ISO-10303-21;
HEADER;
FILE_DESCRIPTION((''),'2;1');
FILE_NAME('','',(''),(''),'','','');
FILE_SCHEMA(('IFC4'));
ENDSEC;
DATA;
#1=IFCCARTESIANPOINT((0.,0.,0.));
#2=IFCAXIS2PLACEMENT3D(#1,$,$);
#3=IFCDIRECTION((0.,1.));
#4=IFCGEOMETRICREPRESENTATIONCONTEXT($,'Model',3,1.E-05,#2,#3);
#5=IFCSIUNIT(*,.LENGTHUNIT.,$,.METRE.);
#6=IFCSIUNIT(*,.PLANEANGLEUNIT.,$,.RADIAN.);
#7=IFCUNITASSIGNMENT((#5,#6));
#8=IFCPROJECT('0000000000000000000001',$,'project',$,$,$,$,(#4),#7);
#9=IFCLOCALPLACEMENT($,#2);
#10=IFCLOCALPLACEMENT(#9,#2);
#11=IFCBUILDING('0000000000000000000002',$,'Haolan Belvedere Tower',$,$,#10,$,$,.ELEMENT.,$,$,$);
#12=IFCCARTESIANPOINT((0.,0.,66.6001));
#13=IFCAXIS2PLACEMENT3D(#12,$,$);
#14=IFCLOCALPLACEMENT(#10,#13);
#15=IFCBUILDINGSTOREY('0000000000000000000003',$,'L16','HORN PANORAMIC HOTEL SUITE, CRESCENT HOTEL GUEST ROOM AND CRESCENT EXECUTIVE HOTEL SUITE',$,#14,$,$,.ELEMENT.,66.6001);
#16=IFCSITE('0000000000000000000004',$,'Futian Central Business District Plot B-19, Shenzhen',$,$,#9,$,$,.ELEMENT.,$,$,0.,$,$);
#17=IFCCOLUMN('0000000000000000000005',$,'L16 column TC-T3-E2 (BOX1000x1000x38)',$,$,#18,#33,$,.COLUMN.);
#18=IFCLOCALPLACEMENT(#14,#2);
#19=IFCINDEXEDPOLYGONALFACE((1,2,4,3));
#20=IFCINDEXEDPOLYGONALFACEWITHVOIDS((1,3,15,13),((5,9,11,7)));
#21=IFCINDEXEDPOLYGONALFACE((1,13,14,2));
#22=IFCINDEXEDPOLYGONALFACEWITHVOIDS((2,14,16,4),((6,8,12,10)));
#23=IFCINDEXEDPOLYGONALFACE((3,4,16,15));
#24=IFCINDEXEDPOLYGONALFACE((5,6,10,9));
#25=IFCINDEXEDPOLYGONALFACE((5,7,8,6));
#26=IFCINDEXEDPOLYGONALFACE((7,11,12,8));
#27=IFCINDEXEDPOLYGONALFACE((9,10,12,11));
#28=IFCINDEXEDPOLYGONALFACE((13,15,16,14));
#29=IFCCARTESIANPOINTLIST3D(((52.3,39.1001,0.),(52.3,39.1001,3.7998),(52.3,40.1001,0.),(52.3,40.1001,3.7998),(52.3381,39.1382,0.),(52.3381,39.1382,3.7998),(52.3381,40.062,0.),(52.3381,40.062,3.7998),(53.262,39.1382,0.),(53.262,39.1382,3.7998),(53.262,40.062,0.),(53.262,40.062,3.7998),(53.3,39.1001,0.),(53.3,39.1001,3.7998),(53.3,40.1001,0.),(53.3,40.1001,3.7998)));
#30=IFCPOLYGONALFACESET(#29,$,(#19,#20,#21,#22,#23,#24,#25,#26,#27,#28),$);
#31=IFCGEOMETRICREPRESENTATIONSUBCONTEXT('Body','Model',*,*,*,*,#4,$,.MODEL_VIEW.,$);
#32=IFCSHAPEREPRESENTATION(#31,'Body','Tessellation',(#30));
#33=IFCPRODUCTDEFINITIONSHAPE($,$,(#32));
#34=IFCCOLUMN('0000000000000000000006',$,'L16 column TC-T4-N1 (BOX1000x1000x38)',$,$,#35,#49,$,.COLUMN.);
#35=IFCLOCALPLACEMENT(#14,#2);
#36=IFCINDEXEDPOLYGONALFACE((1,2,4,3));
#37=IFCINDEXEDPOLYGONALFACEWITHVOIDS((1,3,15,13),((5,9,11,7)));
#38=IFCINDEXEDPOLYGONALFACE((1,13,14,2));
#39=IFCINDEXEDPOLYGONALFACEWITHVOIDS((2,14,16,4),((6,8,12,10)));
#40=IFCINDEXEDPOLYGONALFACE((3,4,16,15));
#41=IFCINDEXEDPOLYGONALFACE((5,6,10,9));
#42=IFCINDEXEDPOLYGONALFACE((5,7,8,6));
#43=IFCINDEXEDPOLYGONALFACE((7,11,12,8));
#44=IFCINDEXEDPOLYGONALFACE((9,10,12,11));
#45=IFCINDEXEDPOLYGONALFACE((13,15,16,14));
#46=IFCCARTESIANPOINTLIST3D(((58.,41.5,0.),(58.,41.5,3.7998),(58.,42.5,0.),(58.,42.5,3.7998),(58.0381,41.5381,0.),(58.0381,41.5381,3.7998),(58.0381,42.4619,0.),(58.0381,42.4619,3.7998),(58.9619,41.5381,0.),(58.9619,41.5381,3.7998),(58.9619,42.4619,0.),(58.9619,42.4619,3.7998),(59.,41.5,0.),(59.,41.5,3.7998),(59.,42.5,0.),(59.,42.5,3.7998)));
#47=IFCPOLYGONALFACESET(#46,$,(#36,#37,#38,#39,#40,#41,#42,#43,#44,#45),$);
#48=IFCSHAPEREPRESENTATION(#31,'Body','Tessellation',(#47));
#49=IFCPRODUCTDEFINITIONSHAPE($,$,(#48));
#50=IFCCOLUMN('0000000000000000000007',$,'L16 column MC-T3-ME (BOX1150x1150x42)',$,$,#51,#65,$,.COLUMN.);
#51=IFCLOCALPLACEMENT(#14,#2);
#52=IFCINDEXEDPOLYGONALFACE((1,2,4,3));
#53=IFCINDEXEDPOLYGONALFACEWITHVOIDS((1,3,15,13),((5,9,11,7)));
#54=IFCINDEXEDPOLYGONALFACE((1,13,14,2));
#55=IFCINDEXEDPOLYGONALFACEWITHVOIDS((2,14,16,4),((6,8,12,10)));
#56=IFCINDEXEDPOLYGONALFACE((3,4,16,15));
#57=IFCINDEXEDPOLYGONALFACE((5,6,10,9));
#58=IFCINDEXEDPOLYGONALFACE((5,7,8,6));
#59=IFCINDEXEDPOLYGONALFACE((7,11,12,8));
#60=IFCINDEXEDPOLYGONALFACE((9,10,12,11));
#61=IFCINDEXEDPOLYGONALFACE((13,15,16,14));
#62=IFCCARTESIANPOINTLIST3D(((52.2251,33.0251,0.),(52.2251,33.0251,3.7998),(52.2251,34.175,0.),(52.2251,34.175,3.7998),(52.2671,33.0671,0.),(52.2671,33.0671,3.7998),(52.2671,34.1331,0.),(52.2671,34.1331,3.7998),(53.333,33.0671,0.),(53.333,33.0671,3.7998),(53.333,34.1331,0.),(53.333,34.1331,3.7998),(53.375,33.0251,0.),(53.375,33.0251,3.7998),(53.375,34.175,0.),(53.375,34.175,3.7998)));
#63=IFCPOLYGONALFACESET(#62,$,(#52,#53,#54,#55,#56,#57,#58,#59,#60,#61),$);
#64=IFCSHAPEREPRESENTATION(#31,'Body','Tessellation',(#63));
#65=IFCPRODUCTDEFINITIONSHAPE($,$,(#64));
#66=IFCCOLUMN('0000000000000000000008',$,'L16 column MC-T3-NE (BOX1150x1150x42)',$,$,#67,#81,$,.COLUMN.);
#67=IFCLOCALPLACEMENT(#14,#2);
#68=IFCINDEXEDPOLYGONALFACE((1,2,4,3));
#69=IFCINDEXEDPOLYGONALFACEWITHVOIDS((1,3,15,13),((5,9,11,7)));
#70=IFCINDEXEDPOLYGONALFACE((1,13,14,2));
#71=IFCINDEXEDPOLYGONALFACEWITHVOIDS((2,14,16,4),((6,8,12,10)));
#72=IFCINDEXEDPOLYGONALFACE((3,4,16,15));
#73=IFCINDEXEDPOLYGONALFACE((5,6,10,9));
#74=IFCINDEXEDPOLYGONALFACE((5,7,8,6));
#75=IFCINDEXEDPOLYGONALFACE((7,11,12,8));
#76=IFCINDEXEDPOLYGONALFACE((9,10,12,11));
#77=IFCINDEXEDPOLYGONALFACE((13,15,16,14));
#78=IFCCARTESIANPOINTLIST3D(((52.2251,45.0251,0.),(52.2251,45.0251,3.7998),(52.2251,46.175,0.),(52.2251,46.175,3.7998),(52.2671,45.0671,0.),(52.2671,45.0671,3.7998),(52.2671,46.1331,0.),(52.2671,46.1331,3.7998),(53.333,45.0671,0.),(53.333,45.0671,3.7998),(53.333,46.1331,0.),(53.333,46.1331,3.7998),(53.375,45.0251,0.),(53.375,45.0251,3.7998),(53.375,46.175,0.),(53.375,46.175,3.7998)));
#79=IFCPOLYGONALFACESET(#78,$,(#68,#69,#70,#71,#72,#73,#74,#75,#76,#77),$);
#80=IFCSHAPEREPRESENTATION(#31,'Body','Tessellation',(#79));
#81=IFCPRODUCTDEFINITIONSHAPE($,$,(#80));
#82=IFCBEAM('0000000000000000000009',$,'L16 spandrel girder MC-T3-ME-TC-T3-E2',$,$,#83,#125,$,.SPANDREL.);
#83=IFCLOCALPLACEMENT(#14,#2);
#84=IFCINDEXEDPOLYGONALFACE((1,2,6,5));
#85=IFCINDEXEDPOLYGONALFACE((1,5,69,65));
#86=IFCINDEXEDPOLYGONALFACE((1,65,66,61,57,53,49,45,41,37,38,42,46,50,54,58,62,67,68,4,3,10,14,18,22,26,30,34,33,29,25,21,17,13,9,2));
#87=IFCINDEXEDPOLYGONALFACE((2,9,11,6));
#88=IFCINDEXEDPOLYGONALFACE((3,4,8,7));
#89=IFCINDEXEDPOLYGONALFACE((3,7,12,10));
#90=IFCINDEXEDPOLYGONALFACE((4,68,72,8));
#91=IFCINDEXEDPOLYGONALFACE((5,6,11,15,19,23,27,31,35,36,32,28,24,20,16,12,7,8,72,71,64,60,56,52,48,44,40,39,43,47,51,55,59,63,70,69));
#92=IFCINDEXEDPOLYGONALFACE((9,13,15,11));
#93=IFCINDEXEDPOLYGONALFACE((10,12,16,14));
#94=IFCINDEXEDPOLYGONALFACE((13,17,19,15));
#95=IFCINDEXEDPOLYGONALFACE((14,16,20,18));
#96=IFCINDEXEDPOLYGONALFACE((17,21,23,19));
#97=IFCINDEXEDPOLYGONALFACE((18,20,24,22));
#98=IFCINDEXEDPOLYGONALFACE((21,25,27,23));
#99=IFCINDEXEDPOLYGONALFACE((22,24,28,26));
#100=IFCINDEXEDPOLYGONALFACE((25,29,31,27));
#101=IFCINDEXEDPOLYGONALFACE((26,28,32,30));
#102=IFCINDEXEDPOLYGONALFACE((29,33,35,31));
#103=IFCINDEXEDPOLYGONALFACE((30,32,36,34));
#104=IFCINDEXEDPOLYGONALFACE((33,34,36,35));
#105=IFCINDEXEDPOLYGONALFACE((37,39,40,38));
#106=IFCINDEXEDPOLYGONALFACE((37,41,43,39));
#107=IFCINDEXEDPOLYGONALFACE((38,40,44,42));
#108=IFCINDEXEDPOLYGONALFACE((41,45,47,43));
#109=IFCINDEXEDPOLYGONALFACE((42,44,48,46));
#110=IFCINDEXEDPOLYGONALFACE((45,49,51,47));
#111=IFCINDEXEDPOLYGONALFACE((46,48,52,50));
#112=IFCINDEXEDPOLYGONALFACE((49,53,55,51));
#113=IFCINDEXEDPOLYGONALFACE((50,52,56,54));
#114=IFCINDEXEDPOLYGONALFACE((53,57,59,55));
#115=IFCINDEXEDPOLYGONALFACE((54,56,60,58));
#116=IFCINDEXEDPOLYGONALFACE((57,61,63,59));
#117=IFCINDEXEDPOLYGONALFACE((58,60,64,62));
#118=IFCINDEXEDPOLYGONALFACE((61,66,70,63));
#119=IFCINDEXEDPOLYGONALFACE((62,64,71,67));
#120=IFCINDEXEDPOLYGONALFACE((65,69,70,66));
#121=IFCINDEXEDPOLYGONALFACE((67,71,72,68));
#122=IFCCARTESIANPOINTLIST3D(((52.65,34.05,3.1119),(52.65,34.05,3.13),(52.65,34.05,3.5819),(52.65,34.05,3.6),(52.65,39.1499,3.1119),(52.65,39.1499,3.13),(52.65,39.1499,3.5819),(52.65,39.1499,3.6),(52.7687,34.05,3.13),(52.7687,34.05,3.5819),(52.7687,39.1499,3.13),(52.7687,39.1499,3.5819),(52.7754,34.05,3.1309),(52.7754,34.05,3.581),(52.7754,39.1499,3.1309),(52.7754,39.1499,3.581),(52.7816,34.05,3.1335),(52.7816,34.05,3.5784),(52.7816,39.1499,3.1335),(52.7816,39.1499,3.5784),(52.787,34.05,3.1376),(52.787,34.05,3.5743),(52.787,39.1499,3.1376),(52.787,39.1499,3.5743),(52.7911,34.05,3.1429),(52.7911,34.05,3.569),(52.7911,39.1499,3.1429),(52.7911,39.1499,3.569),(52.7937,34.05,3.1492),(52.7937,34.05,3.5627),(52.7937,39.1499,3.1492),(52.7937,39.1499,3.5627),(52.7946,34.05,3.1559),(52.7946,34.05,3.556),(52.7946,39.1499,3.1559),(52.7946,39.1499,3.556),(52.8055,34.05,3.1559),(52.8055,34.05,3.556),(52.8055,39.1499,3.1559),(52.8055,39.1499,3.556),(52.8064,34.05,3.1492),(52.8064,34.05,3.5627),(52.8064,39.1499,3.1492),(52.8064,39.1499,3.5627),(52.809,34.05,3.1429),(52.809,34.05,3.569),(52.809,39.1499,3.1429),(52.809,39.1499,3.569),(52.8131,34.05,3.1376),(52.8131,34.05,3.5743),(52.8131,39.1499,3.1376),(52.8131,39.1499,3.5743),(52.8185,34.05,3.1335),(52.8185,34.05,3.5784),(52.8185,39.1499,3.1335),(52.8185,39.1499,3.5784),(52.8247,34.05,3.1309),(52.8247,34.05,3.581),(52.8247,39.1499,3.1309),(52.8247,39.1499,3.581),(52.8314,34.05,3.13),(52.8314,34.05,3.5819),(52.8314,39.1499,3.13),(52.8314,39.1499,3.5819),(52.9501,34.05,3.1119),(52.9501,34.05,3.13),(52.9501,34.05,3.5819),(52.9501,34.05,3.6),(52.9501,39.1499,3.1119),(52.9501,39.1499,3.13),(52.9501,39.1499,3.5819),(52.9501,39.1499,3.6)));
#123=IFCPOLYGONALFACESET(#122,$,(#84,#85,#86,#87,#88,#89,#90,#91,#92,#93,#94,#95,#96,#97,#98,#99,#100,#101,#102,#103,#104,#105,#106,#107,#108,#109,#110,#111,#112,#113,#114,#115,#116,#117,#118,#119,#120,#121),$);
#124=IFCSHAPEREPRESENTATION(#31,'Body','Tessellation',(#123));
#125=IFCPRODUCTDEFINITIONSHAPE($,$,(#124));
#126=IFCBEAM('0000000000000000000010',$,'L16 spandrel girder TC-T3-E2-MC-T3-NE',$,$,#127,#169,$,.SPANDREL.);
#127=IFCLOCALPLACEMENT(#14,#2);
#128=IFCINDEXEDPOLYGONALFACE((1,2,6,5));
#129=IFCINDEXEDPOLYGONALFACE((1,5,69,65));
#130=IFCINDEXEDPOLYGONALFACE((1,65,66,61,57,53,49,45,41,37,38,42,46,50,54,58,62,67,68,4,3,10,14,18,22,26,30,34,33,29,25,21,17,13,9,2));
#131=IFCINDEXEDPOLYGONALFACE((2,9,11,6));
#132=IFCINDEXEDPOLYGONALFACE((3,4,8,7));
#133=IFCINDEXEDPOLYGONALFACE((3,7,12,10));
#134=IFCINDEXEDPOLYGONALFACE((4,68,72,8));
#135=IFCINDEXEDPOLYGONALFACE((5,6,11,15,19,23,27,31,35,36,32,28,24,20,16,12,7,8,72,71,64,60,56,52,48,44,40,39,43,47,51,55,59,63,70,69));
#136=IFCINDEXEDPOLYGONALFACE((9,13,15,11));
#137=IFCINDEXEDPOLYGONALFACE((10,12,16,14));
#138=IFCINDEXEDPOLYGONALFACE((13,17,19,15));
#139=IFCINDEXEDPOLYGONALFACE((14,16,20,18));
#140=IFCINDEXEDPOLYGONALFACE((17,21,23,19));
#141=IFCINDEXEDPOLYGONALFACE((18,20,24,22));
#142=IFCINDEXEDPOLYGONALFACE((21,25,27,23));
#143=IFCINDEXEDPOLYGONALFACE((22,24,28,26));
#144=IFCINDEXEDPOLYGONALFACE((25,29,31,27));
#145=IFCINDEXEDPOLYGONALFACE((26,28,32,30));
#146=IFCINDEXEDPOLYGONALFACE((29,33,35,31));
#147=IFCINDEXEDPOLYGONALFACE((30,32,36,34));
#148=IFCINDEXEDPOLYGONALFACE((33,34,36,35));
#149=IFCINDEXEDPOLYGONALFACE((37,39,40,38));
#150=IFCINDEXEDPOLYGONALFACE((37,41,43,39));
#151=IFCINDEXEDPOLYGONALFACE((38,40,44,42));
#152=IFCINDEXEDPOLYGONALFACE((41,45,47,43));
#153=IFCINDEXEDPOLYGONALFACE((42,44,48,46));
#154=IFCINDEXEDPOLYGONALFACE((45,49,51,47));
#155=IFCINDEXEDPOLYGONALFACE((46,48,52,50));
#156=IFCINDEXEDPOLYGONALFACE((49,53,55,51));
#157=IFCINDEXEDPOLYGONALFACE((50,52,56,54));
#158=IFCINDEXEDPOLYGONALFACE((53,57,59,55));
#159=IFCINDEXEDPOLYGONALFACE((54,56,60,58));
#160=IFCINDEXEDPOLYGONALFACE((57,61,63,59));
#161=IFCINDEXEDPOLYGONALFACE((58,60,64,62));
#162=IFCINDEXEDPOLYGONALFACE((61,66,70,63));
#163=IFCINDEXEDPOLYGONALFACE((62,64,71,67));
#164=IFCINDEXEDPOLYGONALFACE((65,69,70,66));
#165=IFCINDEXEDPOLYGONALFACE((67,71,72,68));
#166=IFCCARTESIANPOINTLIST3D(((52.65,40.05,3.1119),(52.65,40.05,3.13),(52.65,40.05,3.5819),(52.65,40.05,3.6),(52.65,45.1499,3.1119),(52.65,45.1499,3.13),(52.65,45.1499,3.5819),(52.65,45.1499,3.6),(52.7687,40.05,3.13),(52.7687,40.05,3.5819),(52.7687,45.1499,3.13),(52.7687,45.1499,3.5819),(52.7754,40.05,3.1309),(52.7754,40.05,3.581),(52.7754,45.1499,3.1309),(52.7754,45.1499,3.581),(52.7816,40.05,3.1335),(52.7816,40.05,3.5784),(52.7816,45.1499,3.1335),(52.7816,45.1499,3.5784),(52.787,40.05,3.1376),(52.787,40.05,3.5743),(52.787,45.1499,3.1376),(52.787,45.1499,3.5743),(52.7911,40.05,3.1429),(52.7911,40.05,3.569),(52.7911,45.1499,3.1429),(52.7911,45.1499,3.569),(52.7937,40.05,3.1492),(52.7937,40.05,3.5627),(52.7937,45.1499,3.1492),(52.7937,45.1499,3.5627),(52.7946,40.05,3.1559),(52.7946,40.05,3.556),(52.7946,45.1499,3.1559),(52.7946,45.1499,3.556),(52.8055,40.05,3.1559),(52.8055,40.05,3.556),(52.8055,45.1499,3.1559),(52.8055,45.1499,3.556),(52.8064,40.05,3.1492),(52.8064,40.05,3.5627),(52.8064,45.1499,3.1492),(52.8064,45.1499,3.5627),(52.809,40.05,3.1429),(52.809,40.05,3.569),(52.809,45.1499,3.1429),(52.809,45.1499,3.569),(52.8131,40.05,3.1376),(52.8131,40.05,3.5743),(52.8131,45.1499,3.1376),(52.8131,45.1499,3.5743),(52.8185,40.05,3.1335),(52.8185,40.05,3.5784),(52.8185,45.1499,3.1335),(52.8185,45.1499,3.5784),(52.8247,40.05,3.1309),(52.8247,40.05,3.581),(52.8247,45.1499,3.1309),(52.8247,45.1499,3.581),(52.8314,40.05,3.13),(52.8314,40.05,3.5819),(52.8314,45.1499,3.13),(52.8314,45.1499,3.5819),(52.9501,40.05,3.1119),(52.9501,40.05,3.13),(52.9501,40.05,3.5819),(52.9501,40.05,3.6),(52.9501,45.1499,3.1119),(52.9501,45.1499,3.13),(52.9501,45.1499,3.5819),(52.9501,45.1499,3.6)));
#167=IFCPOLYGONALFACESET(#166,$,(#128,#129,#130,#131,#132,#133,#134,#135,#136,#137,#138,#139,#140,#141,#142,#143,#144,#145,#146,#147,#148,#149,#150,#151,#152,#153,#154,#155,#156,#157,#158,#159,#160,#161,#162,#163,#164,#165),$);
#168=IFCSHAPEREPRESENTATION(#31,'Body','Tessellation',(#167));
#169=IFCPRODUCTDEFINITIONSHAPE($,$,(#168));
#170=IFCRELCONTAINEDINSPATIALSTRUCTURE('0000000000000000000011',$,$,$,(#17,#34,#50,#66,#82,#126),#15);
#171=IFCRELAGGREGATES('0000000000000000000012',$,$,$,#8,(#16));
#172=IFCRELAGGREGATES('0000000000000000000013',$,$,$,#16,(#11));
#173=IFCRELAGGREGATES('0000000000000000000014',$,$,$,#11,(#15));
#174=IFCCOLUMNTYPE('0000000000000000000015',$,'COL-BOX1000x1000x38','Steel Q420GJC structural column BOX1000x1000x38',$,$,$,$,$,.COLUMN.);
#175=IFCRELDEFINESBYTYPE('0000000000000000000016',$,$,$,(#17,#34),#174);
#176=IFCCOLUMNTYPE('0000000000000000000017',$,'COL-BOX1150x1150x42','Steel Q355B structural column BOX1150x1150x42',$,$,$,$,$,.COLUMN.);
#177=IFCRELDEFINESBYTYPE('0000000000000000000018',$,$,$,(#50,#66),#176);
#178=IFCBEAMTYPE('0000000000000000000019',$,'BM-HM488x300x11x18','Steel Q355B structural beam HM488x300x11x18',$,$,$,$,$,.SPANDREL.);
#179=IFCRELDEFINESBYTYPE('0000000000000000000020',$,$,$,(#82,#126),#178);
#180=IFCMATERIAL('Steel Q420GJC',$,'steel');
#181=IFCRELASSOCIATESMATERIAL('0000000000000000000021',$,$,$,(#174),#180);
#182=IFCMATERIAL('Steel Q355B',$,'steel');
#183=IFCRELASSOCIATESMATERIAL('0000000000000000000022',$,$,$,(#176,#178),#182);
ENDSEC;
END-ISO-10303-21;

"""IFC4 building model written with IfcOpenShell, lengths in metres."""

from ifc_helpers import new_model, si_unit, direction, frame, origin, origin_2d, place, context, subcontext, project, spatial, hollow_rectangle, i_section, extrude, material, material_profile, profile_set, type_object, element, save


model = new_model("IFC4")

# Units and contexts
model_context = context("Model", 3, precision=1e-05, world=origin(), true_north=direction((0.0, 1.0)))
body_context = subcontext(model_context, "Body", "Model", "MODEL_VIEW")
ifc_project = project(units=[si_unit("LENGTHUNIT", "METRE"), si_unit("PLANEANGLEUNIT", "RADIAN")], contexts=[model_context])

# Site, building, storey
site_placement = place(None, origin())
site = spatial("IfcSite", under=ifc_project, at=site_placement, Name="Futian Central Business District Plot B-19, Shenzhen", CompositionType="ELEMENT", RefElevation=0.0)
building_placement = place(site_placement, origin())
building = spatial("IfcBuilding", under=site, at=building_placement, Name="Haolan Belvedere Tower", CompositionType="ELEMENT")
storey_placement = place(building_placement, frame((0.0, 0.0, 66.6001)))
storey = spatial("IfcBuildingStorey", under=building, at=storey_placement, Name="L16", Description="HORN PANORAMIC HOTEL SUITE, CRESCENT HOTEL GUEST ROOM AND CRESCENT EXECUTIVE HOTEL SUITE", CompositionType="ELEMENT", Elevation=66.6001)

# Columns
ifc_material_1 = material(Name="Steel Q420GJC", Category="steel")
ifc_material_profile_1 = material_profile(ifc_material_1, hollow_rectangle(XDim=1.0, YDim=1.0, WallThickness=0.0381, at=origin_2d()), Name="Steel Q420GJC")
ifc_profile_set_1 = profile_set([ifc_material_profile_1], Name="Steel Q420GJC")
column_type_1 = type_object("IfcColumnType", Name="COL-BOX1000x1000x38", Description="Steel Q420GJC structural column BOX1000x1000x38", PredefinedType="COLUMN", material=ifc_profile_set_1)
for number, where, z_axis, x_axis, name in (
    (1, (52.8, 39.6001, 0.0), (0.0, 0.0, 1.0), (1.0, 0.0, 0.0), "L16 column TC-T3-E2 (BOX1000x1000x38)"),
    (2, (58.5, 42.0, 0.0), (0.0, 0.0, 1.0), (1.0, 0.0, 0.0), "L16 column TC-T4-N1 (BOX1000x1000x38)"),
):
    element("IfcColumn", number, at=place(storey_placement, frame(where, z_axis=z_axis, x_axis=x_axis)), inside=storey, type_object=column_type_1, Name=name, PredefinedType="COLUMN", context=body_context, shape_type="SweptSolid", body=[
        extrude(hollow_rectangle(XDim=1.0, YDim=1.0, WallThickness=0.0381, at=origin_2d()), origin(), (0.0, 0.0, 1.0), 3.7998),
    ])
ifc_material_2 = material(Name="Steel Q355B", Category="steel")
ifc_material_profile_2 = material_profile(ifc_material_2, hollow_rectangle(XDim=1.1499, YDim=1.1499, WallThickness=0.042, at=origin_2d()), Name="Steel Q355B")
ifc_profile_set_2 = profile_set([ifc_material_profile_2], Name="Steel Q355B")
column_type_2 = type_object("IfcColumnType", Name="COL-BOX1150x1150x42", Description="Steel Q355B structural column BOX1150x1150x42", PredefinedType="COLUMN", material=ifc_profile_set_2)
for number, where, z_axis, x_axis, name in (
    (3, (52.8, 33.6001, 0.0), (0.0, 0.0, 1.0), (1.0, 0.0, 0.0), "L16 column MC-T3-ME (BOX1150x1150x42)"),
    (4, (52.8, 45.6001, 0.0), (0.0, 0.0, 1.0), (1.0, 0.0, 0.0), "L16 column MC-T3-NE (BOX1150x1150x42)"),
):
    element("IfcColumn", number, at=place(storey_placement, frame(where, z_axis=z_axis, x_axis=x_axis)), inside=storey, type_object=column_type_2, Name=name, PredefinedType="COLUMN", context=body_context, shape_type="SweptSolid", body=[
        extrude(hollow_rectangle(XDim=1.1499, YDim=1.1499, WallThickness=0.042, at=origin_2d()), origin(), (0.0, 0.0, 1.0), 3.7998),
    ])

# Beams
ifc_material_profile_3 = material_profile(ifc_material_2, i_section(OverallWidth=0.3, OverallDepth=0.488, WebThickness=0.011, FlangeThickness=0.0181, FilletRadius=0.0259, at=origin_2d()), Name="Steel Q355B")
ifc_profile_set_3 = profile_set([ifc_material_profile_3], Name="Steel Q355B")
beam_type_1 = type_object("IfcBeamType", Name="BM-HM488x300x11x18", Description="Steel Q355B structural beam HM488x300x11x18", PredefinedType="SPANDREL", material=ifc_profile_set_3)
for number, where, z_axis, x_axis, name in (
    (5, (52.8, 34.05, 3.356), (0.0, 1.0, 0.0), (-1.0, 0.0, 0.0), "L16 spandrel girder MC-T3-ME-TC-T3-E2"),
    (6, (52.8, 40.05, 3.356), (0.0, 1.0, 0.0), (-1.0, 0.0, 0.0), "L16 spandrel girder TC-T3-E2-MC-T3-NE"),
):
    element("IfcBeam", number, at=place(storey_placement, frame(where, z_axis=z_axis, x_axis=x_axis)), inside=storey, type_object=beam_type_1, Name=name, PredefinedType="SPANDREL", context=body_context, shape_type="SweptSolid", body=[
        extrude(i_section(OverallWidth=0.3, OverallDepth=0.488, WebThickness=0.011, FlangeThickness=0.0181, FilletRadius=0.0259, at=origin_2d()), origin(), (0.0, 0.0, 1.0), 5.0999),
    ])

save(model, "model.ifc")
